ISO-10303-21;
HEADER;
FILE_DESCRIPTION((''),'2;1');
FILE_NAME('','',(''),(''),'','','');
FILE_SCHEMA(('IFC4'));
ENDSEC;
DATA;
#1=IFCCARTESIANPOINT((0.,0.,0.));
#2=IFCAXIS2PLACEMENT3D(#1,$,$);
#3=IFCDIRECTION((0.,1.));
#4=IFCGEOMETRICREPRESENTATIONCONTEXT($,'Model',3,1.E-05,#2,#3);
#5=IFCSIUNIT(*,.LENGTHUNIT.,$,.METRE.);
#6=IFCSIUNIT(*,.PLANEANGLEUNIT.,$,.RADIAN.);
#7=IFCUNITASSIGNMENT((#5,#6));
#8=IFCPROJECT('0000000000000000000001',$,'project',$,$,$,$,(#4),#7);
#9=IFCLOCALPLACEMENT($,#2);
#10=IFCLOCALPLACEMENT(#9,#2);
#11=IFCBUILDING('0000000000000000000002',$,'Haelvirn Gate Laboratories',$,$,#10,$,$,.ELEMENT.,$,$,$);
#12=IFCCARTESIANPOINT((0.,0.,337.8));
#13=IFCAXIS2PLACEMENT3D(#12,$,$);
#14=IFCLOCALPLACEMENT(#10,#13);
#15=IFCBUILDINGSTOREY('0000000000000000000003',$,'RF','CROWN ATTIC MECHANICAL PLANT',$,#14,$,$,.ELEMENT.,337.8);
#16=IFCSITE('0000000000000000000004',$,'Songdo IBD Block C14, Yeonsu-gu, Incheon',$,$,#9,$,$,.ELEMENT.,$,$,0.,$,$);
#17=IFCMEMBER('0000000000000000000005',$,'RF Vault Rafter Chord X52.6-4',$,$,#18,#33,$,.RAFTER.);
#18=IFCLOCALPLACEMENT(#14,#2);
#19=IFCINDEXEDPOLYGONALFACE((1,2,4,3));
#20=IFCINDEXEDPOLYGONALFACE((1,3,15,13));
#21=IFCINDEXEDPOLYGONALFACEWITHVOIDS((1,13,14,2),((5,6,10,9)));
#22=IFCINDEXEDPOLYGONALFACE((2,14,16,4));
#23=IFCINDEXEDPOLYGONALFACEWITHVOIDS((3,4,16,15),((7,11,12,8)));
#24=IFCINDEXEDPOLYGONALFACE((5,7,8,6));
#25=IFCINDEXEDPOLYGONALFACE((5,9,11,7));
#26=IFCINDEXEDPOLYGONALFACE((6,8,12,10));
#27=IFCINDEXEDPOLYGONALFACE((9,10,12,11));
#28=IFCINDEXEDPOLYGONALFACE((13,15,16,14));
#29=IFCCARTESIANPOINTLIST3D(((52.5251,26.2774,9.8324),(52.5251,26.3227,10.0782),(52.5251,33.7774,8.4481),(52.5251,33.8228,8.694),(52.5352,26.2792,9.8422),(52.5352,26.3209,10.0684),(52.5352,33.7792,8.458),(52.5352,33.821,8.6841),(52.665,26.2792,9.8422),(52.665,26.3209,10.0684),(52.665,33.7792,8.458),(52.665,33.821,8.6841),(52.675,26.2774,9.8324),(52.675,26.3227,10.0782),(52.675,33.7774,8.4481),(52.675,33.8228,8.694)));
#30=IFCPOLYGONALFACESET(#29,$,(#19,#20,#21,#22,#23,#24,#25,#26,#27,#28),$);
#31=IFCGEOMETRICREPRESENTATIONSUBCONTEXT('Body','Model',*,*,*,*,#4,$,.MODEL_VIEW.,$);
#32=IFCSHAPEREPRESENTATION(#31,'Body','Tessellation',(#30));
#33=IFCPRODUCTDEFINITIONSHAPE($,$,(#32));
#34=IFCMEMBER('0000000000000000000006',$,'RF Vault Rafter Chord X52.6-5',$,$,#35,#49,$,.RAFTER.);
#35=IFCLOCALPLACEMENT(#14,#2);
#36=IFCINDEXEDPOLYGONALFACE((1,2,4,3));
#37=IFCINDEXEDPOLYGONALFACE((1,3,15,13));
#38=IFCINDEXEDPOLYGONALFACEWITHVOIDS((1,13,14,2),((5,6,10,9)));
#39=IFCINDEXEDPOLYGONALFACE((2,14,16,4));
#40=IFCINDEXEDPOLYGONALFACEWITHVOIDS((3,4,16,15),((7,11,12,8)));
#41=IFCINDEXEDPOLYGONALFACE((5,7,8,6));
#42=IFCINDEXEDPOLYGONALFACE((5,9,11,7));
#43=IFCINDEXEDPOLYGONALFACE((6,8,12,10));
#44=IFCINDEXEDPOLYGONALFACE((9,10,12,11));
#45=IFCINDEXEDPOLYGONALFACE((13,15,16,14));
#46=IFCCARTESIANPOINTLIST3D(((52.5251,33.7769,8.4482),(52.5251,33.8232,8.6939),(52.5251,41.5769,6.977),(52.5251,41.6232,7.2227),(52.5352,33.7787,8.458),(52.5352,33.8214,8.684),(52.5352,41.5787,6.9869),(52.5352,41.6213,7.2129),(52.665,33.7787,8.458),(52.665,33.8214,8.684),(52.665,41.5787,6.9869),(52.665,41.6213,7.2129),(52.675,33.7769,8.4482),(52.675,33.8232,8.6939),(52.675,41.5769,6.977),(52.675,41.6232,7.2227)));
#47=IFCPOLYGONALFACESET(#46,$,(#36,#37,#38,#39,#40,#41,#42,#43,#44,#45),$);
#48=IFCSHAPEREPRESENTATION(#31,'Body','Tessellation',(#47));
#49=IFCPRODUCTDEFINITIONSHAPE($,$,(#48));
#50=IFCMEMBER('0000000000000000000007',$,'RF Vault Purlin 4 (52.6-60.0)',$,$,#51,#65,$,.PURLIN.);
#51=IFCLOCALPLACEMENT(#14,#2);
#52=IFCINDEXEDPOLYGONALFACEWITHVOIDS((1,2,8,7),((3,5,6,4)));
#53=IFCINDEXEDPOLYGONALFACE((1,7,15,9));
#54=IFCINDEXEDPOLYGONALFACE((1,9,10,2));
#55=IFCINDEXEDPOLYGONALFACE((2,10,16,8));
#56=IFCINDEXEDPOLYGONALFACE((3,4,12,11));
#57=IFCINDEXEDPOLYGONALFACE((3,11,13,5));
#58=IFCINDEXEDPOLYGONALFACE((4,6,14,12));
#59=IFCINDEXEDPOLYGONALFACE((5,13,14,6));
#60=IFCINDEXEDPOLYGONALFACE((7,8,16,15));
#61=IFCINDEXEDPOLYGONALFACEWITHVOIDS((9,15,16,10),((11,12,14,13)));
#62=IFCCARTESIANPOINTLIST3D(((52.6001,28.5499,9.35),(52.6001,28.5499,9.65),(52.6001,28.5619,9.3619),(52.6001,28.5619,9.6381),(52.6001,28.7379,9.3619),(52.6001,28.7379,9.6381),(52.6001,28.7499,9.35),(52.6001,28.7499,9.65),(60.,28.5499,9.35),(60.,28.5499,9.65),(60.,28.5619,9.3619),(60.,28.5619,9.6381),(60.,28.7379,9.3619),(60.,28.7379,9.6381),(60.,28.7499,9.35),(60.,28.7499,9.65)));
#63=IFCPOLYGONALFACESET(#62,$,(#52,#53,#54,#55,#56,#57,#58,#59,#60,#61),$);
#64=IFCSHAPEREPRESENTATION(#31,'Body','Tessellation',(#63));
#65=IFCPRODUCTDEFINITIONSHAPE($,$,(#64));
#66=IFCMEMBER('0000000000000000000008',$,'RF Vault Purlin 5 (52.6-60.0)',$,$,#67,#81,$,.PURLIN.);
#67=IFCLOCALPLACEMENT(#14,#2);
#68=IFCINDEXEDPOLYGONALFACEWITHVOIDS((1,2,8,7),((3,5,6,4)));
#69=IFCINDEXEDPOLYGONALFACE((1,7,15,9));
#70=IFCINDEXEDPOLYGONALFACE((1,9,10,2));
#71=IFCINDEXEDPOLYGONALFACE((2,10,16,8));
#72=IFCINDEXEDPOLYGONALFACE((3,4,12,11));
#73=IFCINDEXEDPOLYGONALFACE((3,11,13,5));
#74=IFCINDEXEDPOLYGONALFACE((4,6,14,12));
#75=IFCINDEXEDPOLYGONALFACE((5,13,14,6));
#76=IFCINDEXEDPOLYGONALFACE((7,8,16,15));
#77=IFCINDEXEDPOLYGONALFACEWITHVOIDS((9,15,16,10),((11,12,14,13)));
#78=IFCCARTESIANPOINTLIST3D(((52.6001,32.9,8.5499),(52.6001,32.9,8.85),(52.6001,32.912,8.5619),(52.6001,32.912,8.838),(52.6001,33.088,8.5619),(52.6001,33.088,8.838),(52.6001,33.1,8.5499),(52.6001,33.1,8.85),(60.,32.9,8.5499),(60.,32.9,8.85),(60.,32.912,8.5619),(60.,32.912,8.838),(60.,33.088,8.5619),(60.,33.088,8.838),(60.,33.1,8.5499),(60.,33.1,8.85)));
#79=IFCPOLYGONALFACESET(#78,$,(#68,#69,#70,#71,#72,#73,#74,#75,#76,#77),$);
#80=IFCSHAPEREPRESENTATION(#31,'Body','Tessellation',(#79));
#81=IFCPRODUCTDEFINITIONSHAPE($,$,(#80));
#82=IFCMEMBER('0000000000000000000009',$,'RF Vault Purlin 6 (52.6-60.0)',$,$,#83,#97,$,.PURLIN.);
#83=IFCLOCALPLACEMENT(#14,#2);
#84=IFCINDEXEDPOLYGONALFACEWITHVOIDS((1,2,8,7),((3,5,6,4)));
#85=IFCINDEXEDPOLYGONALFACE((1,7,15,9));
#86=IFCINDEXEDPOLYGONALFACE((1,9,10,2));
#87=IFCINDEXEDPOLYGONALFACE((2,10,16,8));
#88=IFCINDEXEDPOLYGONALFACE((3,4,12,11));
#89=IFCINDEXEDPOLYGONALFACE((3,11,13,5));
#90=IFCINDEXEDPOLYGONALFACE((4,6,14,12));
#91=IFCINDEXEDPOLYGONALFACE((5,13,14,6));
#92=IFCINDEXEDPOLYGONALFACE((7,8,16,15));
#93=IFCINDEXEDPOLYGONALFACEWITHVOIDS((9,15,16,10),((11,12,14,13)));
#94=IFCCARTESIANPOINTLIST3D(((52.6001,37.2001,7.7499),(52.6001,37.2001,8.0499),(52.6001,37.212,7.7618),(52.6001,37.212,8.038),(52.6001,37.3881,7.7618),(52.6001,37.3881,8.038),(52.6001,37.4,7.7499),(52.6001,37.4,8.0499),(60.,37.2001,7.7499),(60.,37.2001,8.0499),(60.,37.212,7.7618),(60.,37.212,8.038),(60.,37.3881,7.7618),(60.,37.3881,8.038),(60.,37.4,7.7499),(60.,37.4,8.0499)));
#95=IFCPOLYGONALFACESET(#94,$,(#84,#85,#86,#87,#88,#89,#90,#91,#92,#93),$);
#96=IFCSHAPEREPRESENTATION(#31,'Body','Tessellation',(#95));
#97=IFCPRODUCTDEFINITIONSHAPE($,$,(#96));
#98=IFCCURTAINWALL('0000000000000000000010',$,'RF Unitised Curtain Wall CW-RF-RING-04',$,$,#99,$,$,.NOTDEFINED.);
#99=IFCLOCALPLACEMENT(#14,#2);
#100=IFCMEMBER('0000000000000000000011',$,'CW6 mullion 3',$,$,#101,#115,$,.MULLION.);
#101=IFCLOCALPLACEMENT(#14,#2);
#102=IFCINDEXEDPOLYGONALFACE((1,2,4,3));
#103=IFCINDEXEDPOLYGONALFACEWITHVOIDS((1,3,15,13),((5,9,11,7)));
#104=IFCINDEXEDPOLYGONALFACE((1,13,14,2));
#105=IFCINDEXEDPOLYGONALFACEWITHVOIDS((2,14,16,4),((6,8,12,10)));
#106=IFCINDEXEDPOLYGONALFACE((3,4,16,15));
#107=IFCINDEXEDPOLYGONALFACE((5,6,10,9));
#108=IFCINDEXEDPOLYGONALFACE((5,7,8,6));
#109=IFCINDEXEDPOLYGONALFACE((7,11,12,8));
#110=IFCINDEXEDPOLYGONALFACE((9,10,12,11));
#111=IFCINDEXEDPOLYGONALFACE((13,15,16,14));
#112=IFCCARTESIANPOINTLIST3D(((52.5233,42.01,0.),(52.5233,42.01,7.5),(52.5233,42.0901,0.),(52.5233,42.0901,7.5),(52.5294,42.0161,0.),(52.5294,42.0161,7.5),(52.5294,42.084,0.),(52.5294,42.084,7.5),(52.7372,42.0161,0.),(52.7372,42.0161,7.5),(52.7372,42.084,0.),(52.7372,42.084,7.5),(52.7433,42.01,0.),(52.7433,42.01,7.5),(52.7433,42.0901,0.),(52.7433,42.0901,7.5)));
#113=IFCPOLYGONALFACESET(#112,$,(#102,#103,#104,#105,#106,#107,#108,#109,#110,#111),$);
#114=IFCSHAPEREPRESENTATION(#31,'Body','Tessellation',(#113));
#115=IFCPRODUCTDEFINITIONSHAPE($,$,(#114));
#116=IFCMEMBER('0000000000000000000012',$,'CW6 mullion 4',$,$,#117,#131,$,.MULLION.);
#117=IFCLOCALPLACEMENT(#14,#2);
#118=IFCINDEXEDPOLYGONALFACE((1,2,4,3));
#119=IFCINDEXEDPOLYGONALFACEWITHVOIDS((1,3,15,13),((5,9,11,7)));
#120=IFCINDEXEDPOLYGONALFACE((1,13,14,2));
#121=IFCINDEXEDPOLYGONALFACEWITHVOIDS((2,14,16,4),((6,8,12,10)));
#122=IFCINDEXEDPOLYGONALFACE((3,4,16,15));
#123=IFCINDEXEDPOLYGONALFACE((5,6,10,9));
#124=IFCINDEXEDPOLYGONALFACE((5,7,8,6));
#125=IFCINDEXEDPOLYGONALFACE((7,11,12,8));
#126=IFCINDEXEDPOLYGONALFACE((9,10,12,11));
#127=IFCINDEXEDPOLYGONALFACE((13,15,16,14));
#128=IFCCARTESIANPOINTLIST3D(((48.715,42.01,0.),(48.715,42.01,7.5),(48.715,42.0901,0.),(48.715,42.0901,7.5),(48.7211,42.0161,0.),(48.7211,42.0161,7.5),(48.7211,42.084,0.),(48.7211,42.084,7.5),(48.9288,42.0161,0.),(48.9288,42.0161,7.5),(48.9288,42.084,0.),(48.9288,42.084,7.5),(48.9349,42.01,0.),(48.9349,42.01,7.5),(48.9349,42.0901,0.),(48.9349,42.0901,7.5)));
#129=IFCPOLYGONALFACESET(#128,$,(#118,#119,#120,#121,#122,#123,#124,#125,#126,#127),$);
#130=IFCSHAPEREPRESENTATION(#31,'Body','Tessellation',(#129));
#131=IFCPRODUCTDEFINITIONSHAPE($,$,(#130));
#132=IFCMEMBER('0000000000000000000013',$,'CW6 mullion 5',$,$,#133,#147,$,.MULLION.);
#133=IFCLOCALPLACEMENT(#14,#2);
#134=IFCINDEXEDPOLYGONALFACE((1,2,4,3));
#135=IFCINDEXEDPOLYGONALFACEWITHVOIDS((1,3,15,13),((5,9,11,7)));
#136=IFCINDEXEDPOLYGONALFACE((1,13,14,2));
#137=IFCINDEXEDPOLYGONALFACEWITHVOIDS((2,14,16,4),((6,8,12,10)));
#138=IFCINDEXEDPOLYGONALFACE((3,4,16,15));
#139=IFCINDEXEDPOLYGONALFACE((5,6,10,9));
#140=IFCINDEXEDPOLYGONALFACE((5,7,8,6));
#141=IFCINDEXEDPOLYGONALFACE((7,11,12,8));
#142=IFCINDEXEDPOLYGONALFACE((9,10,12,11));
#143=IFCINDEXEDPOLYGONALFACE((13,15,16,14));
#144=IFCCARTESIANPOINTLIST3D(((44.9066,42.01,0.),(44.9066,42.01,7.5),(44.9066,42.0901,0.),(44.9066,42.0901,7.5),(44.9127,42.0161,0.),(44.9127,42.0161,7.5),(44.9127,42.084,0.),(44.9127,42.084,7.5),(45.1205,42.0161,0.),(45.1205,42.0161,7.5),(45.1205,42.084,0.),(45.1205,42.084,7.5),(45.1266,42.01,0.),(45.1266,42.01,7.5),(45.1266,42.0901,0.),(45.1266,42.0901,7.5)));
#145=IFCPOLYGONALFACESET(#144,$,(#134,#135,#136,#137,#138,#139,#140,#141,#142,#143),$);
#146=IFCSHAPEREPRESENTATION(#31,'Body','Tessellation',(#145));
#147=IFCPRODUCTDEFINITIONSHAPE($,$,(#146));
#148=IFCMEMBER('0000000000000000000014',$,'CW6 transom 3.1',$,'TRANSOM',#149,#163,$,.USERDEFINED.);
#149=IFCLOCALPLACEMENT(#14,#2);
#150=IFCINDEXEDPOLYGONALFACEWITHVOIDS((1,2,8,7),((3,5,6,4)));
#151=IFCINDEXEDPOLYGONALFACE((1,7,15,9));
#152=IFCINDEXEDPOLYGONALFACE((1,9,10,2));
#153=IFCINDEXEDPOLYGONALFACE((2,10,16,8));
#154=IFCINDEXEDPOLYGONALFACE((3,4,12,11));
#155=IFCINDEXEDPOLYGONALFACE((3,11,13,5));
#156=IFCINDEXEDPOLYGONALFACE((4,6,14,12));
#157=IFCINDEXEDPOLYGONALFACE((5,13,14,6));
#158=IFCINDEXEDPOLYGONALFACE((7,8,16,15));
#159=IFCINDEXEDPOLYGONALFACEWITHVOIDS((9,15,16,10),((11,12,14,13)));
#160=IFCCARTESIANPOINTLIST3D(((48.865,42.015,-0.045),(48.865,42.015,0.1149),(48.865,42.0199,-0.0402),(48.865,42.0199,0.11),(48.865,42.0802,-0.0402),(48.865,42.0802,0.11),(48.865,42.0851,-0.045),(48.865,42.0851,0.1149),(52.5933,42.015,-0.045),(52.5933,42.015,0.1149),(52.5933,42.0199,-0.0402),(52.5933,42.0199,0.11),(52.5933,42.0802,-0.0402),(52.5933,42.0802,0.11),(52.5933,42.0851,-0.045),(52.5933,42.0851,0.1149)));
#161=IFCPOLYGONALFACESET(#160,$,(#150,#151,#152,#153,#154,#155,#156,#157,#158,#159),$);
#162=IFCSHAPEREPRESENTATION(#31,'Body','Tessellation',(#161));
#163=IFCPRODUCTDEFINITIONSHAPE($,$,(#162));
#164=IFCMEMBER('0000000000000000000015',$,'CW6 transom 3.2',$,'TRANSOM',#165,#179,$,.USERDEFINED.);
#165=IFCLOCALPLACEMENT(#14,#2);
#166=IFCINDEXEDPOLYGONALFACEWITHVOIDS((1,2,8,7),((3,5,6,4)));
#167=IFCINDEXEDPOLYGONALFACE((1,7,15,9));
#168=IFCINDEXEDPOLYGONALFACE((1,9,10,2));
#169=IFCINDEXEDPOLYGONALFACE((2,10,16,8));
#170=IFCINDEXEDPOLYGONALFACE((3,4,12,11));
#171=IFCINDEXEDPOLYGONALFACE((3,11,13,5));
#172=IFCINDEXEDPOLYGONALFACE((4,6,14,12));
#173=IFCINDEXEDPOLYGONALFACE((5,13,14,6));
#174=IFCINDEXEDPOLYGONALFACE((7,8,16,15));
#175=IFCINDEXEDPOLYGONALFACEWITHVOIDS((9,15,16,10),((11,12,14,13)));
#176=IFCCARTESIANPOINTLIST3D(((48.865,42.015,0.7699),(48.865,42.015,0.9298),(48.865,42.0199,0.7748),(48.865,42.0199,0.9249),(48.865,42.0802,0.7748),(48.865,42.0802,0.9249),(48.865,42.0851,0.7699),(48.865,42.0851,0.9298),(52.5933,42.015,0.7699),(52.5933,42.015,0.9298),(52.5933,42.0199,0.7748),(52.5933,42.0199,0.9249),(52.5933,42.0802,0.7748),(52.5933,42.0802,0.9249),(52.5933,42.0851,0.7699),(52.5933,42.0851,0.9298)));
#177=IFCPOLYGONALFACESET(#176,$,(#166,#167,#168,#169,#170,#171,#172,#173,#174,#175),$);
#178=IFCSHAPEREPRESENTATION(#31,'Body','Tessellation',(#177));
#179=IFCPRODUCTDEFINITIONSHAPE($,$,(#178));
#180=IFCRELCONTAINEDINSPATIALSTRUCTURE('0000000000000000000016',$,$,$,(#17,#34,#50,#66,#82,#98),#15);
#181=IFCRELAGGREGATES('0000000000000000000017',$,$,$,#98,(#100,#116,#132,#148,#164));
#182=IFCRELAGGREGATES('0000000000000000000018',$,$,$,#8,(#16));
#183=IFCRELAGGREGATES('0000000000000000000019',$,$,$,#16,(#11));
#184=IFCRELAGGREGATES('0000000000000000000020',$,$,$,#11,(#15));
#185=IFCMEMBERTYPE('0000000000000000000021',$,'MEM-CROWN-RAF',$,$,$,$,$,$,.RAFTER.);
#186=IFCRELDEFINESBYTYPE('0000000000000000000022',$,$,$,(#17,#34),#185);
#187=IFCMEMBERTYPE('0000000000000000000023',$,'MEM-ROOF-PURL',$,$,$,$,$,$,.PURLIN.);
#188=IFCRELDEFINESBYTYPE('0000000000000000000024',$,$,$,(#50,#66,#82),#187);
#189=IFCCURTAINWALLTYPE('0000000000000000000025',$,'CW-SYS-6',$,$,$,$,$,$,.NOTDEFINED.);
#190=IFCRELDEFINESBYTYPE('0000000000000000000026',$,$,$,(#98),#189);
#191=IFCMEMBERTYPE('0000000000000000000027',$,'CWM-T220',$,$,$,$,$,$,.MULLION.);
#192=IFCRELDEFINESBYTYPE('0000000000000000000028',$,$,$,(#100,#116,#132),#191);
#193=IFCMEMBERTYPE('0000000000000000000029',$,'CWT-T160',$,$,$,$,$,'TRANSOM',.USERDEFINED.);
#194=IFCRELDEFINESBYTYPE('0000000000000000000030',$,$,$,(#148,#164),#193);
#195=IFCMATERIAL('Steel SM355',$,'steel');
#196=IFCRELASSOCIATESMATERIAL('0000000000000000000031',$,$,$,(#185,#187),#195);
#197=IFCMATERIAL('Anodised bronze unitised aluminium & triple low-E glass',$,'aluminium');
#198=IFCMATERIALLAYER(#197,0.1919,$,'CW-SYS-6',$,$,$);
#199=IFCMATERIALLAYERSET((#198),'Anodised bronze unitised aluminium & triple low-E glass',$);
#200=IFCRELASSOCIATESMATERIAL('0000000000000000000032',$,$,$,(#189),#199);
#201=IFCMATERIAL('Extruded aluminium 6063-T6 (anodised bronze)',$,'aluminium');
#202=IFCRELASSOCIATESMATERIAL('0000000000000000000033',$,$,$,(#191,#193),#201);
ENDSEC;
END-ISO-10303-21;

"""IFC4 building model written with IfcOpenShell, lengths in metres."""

from ifc_helpers import new_model, si_unit, direction, frame, origin, origin_2d, place, context, subcontext, project, spatial, hollow_rectangle, extrude, source, transform, mapped, material, layer, layer_set, material_profile, profile_set, type_object, type_shapes, element, aggregate, save


model = new_model("IFC4")

# Units and contexts
model_context = context("Model", 3, precision=1e-05, world=origin(), true_north=direction((0.0, 1.0)))
body_context = subcontext(model_context, "Body", "Model", "MODEL_VIEW")
ifc_project = project(units=[si_unit("LENGTHUNIT", "METRE"), si_unit("PLANEANGLEUNIT", "RADIAN")], contexts=[model_context])

# Site, building, storey
site_placement = place(None, origin())
site = spatial("IfcSite", under=ifc_project, at=site_placement, Name="Songdo IBD Block C14, Yeonsu-gu, Incheon", CompositionType="ELEMENT", RefElevation=0.0)
building_placement = place(site_placement, origin())
building = spatial("IfcBuilding", under=site, at=building_placement, Name="Haelvirn Gate Laboratories", CompositionType="ELEMENT")
storey_placement = place(building_placement, frame((0.0, 0.0, 337.8)))
storey = spatial("IfcBuildingStorey", under=building, at=storey_placement, Name="RF", Description="CROWN ATTIC MECHANICAL PLANT", CompositionType="ELEMENT", Elevation=337.8)

# Shared definitions
ifc_material_1 = material(Name="Steel SM355", Category="steel")

# Members
ifc_material_profile_1 = material_profile(ifc_material_1, hollow_rectangle(XDim=0.1499, YDim=0.25, WallThickness=0.01, at=origin_2d()), Name="RHS-250x150x10")
ifc_profile_set_1 = profile_set([ifc_material_profile_1], Name="Steel SM355")
member_type_1 = type_object("IfcMemberType", Name="MEM-CROWN-RAF", PredefinedType="RAFTER", material=ifc_profile_set_1)
shared_shape_1 = source(origin(), body_context, "Body", "SweptSolid", [
    extrude(hollow_rectangle(XDim=0.1499, YDim=0.25, WallThickness=0.01, at=origin_2d()), origin(), (0.0, 0.0, 1.0), 7.6267),
])
member_1_placement = place(storey_placement, frame((52.6001, 26.3, 9.9553), z_axis=(0.0, 0.98339, -0.181505), x_axis=(-1.0, 0.0, 0.0)))
element("IfcMember", 1, at=member_1_placement, inside=storey, type_object=member_type_1, Name="RF Vault Rafter Chord X52.6-4", PredefinedType="RAFTER", context=body_context, shape_type="MappedRepresentation", body=[
    mapped(shared_shape_1, transform((0.0, 0.0, 0.0), scale=1.0)),
])
shared_shape_2 = source(origin(), body_context, "Body", "SweptSolid", [
    extrude(hollow_rectangle(XDim=0.1499, YDim=0.25, WallThickness=0.01, at=origin_2d()), origin(), (0.0, 0.0, 1.0), 7.9375),
])
type_shapes(member_type_1, [shared_shape_1, shared_shape_2])
member_2_placement = place(storey_placement, frame((52.6001, 33.8, 8.571), z_axis=(0.0, 0.982673, -0.185345), x_axis=(-1.0, 0.0, 0.0)))
element("IfcMember", 2, at=member_2_placement, inside=storey, type_object=member_type_1, Name="RF Vault Rafter Chord X52.6-5", PredefinedType="RAFTER", context=body_context, shape_type="MappedRepresentation", body=[
    mapped(shared_shape_2, transform((0.0, 0.0, 0.0), scale=1.0)),
])
ifc_material_profile_2 = material_profile(ifc_material_1, hollow_rectangle(XDim=0.2, YDim=0.3, WallThickness=0.012, at=origin_2d()), Name="RHS-300x200x12")
ifc_profile_set_2 = profile_set([ifc_material_profile_2], Name="Steel SM355")
member_type_2 = type_object("IfcMemberType", Name="MEM-ROOF-PURL", PredefinedType="PURLIN", material=ifc_profile_set_2)
shared_shape_3 = source(origin(), body_context, "Body", "SweptSolid", [
    extrude(hollow_rectangle(XDim=0.2, YDim=0.3, WallThickness=0.012, at=origin_2d()), origin(), (0.0, 0.0, 1.0), 7.3999),
])
type_shapes(member_type_2, [shared_shape_3])
for number, where, z_axis, x_axis, name in (
    (3, (52.6001, 28.6499, 9.5), (1.0, 0.0, 0.0), (0.0, 1.0, 0.0), "RF Vault Purlin 4 (52.6-60.0)"),
    (4, (52.6001, 33.0, 8.7), (1.0, 0.0, 0.0), (0.0, 1.0, 0.0), "RF Vault Purlin 5 (52.6-60.0)"),
    (5, (52.6001, 37.3, 7.8999), (1.0, 0.0, 0.0), (0.0, 1.0, 0.0), "RF Vault Purlin 6 (52.6-60.0)"),
):
    element("IfcMember", number, at=place(storey_placement, frame(where, z_axis=z_axis, x_axis=x_axis)), inside=storey, type_object=member_type_2, Name=name, PredefinedType="PURLIN", context=body_context, shape_type="MappedRepresentation", body=[
        mapped(shared_shape_3, transform((0.0, 0.0, 0.0), scale=1.0)),
    ])

# Curtain wall, members
ifc_material_2 = material(Name="Anodised bronze unitised aluminium & triple low-E glass", Category="aluminium")
ifc_layer_1 = layer(ifc_material_2, 0.1919, Name="CW-SYS-6")
ifc_layer_set_1 = layer_set([ifc_layer_1], Name="Anodised bronze unitised aluminium & triple low-E glass")
curtain_wall_type = type_object("IfcCurtainWallType", Name="CW-SYS-6", PredefinedType="NOTDEFINED", material=ifc_layer_set_1)
curtain_wall_placement = place(storey_placement, origin())
curtain_wall = element("IfcCurtainWall", 6, at=curtain_wall_placement, inside=storey, type_object=curtain_wall_type, Name="RF Unitised Curtain Wall CW-RF-RING-04", PredefinedType="NOTDEFINED")
ifc_material_3 = material(Name="Extruded aluminium 6063-T6 (anodised bronze)", Category="aluminium")
ifc_material_profile_3 = material_profile(ifc_material_3, hollow_rectangle(XDim=0.0801, YDim=0.22, WallThickness=0.0061, at=origin_2d()), Name="CWM-220x80x6")
ifc_profile_set_3 = profile_set([ifc_material_profile_3], Name="Extruded aluminium 6063-T6 (anodised bronze)")
member_type_3 = type_object("IfcMemberType", Name="CWM-T220", PredefinedType="MULLION", material=ifc_profile_set_3)
shared_shape_4 = source(origin(), body_context, "Body", "SweptSolid", [
    extrude(hollow_rectangle(XDim=0.0801, YDim=0.22, WallThickness=0.0061, at=origin_2d()), origin(), (0.0, 0.0, 1.0), 7.5),
])
type_shapes(member_type_3, [shared_shape_4])
member_3_placement = place(storey_placement, frame((52.6333, 42.05, 0.0), z_axis=(0.0, 0.0, 1.0), x_axis=(0.0, -1.0, 0.0)))
member_3 = element("IfcMember", 7, at=member_3_placement, type_object=member_type_3, Name="CW6 mullion 3", PredefinedType="MULLION", context=body_context, shape_type="MappedRepresentation", body=[
    mapped(shared_shape_4, transform((0.0, 0.0, 0.0), scale=1.0)),
])
member_4_placement = place(storey_placement, frame((48.825, 42.05, 0.0), z_axis=(0.0, 0.0, 1.0), x_axis=(0.0, -1.0, 0.0)))
member_4 = element("IfcMember", 8, at=member_4_placement, type_object=member_type_3, Name="CW6 mullion 4", PredefinedType="MULLION", context=body_context, shape_type="MappedRepresentation", body=[
    mapped(shared_shape_4, transform((0.0, 0.0, 0.0), scale=1.0)),
])
member_5_placement = place(storey_placement, frame((45.0166, 42.05, 0.0), z_axis=(0.0, 0.0, 1.0), x_axis=(0.0, -1.0, 0.0)))
member_5 = element("IfcMember", 9, at=member_5_placement, type_object=member_type_3, Name="CW6 mullion 5", PredefinedType="MULLION", context=body_context, shape_type="MappedRepresentation", body=[
    mapped(shared_shape_4, transform((0.0, 0.0, 0.0), scale=1.0)),
])
ifc_material_profile_4 = material_profile(ifc_material_3, hollow_rectangle(XDim=0.0701, YDim=0.1599, WallThickness=0.0049, at=origin_2d()), Name="CWT-160x70x5")
ifc_profile_set_4 = profile_set([ifc_material_profile_4], Name="Extruded aluminium 6063-T6 (anodised bronze)")
member_type_4 = type_object("IfcMemberType", Name="CWT-T160", ElementType="TRANSOM", PredefinedType="USERDEFINED", material=ifc_profile_set_4)
shared_shape_5 = source(origin(), body_context, "Body", "SweptSolid", [
    extrude(hollow_rectangle(XDim=0.0701, YDim=0.1599, WallThickness=0.0049, at=origin_2d()), origin(), (0.0, 0.0, 1.0), 3.7283),
])
type_shapes(member_type_4, [shared_shape_5])
member_6_placement = place(storey_placement, frame((52.5933, 42.05, 0.0349), z_axis=(-1.0, 0.0, 0.0), x_axis=(0.0, -1.0, 0.0)))
member_6 = element("IfcMember", 10, at=member_6_placement, type_object=member_type_4, Name="CW6 transom 3.1", ObjectType="TRANSOM", PredefinedType="USERDEFINED", context=body_context, shape_type="MappedRepresentation", body=[
    mapped(shared_shape_5, transform((0.0, 0.0, 0.0), scale=1.0)),
])
member_7_placement = place(storey_placement, frame((52.5933, 42.05, 0.8499), z_axis=(-1.0, 0.0, 0.0), x_axis=(0.0, -1.0, 0.0)))
member_7 = element("IfcMember", 11, at=member_7_placement, type_object=member_type_4, Name="CW6 transom 3.2", ObjectType="TRANSOM", PredefinedType="USERDEFINED", context=body_context, shape_type="MappedRepresentation", body=[
    mapped(shared_shape_5, transform((0.0, 0.0, 0.0), scale=1.0)),
])

aggregate(curtain_wall, [member_3, member_4, member_5, member_6, member_7])

save(model, "model.ifc")
